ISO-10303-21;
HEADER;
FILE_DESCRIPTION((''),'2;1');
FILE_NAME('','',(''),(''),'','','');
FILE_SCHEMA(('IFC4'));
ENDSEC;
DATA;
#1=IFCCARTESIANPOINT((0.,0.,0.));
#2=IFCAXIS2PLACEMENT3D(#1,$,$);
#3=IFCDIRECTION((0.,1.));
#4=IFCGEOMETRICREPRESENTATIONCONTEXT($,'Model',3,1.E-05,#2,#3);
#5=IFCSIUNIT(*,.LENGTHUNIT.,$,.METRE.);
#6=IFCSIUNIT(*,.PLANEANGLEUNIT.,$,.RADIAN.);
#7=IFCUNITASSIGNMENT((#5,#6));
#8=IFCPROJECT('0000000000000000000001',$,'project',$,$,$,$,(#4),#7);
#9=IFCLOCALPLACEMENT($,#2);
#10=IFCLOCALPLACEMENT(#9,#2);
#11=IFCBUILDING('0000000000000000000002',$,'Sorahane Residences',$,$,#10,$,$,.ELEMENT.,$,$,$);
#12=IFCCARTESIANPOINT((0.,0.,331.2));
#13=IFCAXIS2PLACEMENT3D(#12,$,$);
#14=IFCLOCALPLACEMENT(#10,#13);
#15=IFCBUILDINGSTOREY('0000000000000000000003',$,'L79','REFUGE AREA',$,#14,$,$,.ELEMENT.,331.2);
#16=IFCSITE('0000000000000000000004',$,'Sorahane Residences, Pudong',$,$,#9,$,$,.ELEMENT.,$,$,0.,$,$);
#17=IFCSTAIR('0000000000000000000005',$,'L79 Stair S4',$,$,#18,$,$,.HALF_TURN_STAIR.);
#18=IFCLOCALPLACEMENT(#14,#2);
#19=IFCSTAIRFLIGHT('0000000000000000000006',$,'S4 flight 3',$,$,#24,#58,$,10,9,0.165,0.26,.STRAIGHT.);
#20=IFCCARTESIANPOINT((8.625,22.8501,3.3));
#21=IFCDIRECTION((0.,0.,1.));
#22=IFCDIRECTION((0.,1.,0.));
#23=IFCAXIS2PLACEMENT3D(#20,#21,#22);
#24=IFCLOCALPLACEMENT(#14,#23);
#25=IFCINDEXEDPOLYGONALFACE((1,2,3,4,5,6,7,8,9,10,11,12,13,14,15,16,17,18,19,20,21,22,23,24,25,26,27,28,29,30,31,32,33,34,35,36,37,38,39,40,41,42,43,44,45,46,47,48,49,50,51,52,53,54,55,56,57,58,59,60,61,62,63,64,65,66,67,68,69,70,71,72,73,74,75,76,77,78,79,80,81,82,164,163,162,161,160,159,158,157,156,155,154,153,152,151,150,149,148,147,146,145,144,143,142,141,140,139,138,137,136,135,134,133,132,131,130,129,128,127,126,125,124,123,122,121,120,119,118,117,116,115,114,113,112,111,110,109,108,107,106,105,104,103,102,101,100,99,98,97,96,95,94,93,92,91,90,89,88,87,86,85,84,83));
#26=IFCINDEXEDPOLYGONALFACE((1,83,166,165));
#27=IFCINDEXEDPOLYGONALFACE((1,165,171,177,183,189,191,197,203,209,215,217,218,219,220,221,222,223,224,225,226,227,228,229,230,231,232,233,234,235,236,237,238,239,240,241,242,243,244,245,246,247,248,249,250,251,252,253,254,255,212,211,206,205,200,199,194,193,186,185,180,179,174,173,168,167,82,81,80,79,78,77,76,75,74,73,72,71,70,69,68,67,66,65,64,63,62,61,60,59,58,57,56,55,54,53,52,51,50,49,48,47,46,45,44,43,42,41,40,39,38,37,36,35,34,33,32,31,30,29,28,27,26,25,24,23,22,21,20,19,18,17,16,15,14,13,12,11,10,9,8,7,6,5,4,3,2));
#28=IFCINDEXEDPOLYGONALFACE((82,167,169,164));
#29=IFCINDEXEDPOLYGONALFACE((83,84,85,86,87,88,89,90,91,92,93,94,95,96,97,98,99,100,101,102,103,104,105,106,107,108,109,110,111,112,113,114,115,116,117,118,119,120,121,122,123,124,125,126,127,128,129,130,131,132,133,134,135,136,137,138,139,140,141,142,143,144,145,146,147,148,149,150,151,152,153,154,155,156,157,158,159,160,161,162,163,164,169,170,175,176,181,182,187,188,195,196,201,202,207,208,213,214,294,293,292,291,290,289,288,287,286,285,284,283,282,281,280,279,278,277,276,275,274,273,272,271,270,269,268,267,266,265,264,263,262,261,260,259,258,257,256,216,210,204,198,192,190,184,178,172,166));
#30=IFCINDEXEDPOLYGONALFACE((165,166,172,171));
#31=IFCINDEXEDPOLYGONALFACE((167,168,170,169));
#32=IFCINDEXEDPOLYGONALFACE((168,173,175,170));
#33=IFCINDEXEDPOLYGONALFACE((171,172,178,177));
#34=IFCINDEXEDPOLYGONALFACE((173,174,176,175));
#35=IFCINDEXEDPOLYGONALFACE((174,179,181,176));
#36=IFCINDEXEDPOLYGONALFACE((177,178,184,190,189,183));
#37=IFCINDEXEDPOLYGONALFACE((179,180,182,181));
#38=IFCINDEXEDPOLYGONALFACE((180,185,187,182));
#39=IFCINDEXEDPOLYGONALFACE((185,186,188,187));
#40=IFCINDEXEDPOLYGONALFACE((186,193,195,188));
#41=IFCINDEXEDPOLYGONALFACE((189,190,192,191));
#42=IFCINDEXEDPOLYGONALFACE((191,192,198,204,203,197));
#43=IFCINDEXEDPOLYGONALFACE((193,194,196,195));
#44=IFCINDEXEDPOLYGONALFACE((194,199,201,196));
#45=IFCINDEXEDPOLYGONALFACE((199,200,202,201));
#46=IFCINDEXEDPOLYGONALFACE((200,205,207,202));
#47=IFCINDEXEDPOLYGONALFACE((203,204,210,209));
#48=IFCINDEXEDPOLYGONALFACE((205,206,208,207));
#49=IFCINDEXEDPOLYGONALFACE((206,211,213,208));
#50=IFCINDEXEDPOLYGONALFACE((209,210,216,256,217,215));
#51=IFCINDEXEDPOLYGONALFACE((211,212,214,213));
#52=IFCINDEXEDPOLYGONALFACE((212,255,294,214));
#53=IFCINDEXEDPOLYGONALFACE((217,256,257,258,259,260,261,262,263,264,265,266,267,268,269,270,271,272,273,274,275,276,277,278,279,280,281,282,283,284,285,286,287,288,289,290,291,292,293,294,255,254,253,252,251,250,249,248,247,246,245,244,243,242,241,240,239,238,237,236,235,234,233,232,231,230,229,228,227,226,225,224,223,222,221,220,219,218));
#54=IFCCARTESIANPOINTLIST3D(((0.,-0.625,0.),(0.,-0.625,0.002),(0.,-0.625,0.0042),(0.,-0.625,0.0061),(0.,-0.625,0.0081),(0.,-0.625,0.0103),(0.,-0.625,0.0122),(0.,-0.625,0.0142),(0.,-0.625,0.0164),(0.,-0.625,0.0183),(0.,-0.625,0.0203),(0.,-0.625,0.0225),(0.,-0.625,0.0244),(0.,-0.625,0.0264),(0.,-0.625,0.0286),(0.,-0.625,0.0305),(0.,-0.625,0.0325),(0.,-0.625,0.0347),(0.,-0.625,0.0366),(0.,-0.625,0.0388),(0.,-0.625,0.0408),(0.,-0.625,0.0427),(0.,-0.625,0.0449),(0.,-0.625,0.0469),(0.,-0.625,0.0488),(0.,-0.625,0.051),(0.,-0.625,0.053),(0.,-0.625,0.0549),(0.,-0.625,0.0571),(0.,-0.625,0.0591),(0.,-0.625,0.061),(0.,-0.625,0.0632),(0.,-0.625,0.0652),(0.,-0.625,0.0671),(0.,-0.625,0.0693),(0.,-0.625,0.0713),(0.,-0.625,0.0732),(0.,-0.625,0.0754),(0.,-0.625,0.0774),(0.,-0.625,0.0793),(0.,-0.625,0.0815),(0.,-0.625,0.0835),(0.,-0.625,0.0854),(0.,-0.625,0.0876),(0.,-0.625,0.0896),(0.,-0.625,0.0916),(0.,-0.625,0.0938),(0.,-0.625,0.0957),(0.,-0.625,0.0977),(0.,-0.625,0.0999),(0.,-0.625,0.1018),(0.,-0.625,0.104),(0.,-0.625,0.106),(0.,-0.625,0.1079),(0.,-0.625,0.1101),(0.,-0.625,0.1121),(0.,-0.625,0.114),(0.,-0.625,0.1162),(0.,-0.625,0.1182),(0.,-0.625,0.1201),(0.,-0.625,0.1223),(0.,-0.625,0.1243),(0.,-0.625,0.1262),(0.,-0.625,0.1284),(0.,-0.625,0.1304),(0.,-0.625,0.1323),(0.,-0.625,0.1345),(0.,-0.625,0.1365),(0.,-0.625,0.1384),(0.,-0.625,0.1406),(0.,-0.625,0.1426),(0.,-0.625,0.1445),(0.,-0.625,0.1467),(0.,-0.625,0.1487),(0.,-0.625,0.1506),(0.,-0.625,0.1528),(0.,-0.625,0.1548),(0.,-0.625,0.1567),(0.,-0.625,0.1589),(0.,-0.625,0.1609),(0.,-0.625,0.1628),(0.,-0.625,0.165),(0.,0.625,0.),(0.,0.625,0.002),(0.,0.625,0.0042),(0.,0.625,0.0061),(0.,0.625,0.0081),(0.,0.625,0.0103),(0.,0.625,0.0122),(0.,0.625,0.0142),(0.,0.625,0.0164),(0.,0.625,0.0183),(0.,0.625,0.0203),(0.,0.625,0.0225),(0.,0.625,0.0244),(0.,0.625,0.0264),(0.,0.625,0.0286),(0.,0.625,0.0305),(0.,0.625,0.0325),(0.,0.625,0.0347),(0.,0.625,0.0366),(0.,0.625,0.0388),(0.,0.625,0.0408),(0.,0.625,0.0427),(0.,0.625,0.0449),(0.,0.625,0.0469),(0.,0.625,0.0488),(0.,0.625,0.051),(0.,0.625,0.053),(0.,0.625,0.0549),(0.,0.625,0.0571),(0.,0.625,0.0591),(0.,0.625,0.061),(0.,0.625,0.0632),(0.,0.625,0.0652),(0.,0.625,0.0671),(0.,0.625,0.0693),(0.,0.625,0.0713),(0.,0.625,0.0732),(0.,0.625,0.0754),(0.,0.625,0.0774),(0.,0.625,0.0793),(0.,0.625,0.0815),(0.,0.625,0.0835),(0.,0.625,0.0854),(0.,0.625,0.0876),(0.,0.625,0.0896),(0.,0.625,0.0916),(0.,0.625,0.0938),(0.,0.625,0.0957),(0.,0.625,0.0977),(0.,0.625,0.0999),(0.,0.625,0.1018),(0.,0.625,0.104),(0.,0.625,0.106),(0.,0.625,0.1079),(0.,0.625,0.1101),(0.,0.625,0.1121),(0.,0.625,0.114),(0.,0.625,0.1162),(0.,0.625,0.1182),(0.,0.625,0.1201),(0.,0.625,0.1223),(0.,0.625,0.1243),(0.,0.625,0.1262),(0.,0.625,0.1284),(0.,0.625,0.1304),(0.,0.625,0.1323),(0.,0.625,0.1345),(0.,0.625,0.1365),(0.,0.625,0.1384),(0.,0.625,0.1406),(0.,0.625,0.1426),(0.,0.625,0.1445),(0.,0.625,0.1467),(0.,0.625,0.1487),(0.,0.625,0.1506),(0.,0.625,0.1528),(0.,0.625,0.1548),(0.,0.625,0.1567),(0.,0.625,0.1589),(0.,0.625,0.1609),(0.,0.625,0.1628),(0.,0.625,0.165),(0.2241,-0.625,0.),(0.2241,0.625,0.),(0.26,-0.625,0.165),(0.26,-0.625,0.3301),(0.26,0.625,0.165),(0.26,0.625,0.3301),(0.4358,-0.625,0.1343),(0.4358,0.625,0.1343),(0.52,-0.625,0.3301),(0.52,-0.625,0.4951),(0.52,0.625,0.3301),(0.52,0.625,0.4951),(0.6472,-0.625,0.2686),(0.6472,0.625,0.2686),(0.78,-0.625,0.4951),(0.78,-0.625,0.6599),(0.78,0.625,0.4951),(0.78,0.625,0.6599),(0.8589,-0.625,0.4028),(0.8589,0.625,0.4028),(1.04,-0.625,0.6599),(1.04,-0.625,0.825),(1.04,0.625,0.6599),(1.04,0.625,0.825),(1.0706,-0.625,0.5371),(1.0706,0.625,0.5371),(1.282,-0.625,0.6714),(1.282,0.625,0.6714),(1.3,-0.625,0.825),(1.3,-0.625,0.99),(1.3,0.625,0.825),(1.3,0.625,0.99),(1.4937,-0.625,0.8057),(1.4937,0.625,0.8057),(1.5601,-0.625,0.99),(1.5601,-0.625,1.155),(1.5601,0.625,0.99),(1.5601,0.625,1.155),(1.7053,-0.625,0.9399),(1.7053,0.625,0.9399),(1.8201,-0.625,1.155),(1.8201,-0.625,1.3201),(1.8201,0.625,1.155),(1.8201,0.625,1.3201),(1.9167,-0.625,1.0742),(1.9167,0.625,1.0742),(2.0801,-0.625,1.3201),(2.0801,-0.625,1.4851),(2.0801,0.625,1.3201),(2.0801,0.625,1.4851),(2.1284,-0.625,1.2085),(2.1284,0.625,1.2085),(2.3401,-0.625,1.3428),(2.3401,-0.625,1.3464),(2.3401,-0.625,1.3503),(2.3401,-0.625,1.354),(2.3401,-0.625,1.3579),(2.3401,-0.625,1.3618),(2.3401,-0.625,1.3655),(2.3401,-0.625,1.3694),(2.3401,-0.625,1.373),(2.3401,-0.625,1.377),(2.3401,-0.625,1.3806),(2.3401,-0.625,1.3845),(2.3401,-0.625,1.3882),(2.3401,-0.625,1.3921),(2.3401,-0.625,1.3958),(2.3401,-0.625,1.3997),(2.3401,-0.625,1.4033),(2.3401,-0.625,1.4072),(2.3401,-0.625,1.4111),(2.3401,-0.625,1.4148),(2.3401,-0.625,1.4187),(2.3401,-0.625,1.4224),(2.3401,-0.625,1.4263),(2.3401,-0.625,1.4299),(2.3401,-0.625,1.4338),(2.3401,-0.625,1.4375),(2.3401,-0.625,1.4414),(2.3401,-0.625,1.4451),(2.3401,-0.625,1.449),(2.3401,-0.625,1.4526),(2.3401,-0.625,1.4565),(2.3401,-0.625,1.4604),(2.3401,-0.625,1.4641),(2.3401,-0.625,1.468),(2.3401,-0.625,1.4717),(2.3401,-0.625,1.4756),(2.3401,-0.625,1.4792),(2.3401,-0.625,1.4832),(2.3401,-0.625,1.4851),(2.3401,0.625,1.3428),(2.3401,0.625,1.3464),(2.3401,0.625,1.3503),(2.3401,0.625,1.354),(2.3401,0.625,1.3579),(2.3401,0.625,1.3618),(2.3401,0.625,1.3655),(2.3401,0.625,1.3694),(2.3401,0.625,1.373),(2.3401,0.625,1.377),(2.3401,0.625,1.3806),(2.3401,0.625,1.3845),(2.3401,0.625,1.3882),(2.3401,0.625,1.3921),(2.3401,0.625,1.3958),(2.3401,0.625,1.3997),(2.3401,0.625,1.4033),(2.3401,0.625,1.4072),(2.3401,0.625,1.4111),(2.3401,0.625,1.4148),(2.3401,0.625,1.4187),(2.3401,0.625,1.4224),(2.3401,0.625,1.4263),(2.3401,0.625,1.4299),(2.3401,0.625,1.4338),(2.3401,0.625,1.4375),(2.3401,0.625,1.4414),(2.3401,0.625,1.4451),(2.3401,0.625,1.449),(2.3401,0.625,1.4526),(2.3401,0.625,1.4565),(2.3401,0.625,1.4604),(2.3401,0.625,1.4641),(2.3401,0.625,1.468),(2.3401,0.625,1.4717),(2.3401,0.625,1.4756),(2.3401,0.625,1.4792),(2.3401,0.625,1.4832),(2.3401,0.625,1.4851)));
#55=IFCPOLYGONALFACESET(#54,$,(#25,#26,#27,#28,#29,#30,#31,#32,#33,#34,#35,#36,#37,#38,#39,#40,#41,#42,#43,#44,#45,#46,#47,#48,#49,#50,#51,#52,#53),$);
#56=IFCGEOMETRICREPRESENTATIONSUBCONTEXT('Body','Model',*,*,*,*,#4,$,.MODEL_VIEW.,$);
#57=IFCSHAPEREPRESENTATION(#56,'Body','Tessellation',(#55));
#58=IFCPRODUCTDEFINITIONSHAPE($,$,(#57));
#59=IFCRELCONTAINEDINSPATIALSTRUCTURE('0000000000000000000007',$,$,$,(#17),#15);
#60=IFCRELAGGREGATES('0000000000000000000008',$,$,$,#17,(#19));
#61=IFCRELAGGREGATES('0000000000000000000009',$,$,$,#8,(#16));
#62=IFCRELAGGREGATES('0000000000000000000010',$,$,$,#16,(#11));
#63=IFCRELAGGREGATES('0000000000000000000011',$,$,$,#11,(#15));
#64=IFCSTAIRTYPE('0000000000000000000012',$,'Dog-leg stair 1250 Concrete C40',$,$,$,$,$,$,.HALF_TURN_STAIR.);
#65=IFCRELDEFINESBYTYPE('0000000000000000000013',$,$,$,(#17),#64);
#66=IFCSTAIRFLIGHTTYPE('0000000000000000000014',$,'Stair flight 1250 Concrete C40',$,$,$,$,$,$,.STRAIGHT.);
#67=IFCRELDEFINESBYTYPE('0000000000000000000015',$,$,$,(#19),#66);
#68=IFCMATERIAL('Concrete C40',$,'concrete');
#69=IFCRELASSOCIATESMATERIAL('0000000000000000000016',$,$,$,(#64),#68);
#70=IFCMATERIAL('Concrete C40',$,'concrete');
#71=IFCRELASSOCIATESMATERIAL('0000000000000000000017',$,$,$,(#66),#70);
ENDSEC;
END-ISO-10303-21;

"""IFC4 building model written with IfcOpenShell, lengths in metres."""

from ifc_helpers import new_model, si_unit, direction, frame, origin, place, context, subcontext, project, spatial, polyline, outline, extrude, material, type_object, element, aggregate, save


model = new_model("IFC4")

# Units and contexts
model_context = context("Model", 3, precision=1e-05, world=origin(), true_north=direction((0.0, 1.0)))
body_context = subcontext(model_context, "Body", "Model", "MODEL_VIEW")
ifc_project = project(units=[si_unit("LENGTHUNIT", "METRE"), si_unit("PLANEANGLEUNIT", "RADIAN")], contexts=[model_context])

# Site, building, storey
site_placement = place(None, origin())
site = spatial("IfcSite", under=ifc_project, at=site_placement, Name="Sorahane Residences, Pudong", CompositionType="ELEMENT", RefElevation=0.0)
building_placement = place(site_placement, origin())
building = spatial("IfcBuilding", under=site, at=building_placement, Name="Sorahane Residences", CompositionType="ELEMENT")
storey_placement = place(building_placement, frame((0.0, 0.0, 331.2)))
storey = spatial("IfcBuildingStorey", under=building, at=storey_placement, Name="L79", Description="REFUGE AREA", CompositionType="ELEMENT", Elevation=331.2)

# Stair, stair flight
ifc_material_1 = material(Name="Concrete C40", Category="concrete")
stair_type = type_object("IfcStairType", Name="Dog-leg stair 1250 Concrete C40", PredefinedType="HALF_TURN_STAIR", material=ifc_material_1)
stair_placement = place(storey_placement, origin())
stair = element("IfcStair", 1, at=stair_placement, inside=storey, type_object=stair_type, Name="L79 Stair S4", PredefinedType="HALF_TURN_STAIR")
ifc_material_2 = material(Name="Concrete C40", Category="concrete")
stair_flight_type = type_object("IfcStairFlightType", Name="Stair flight 1250 Concrete C40", PredefinedType="STRAIGHT", material=ifc_material_2)
stair_flight_1_placement = place(storey_placement, frame((8.625, 22.8501, 3.3), z_axis=(0.0, 0.0, 1.0), x_axis=(0.0, 1.0, 0.0)))
stair_flight_1 = element("IfcStairFlight", 2, at=stair_flight_1_placement, type_object=stair_flight_type, Name="S4 flight 3", NumberOfRisers=10, NumberOfTreads=9, PredefinedType="STRAIGHT", RiserHeight=0.165, TreadLength=0.26, context=body_context, shape_type="SweptSolid", body=[
    extrude(outline(polyline([(0.0, 0.0), (0.0, 0.002), (0.0, 0.0042), (0.0, 0.0061), (0.0, 0.0081), (0.0, 0.0103), (0.0, 0.0122), (0.0, 0.0142), (0.0, 0.0164), (0.0, 0.0183), (0.0, 0.0203), (0.0, 0.0225), (0.0, 0.0244), (0.0, 0.0264), (0.0, 0.0286), (0.0, 0.0305), (0.0, 0.0325), (0.0, 0.0347), (0.0, 0.0366), (0.0, 0.0388), (0.0, 0.0408), (0.0, 0.0427), (0.0, 0.0449), (0.0, 0.0469), (0.0, 0.0488), (0.0, 0.051), (0.0, 0.053), (0.0, 0.0549), (0.0, 0.0571), (0.0, 0.0591), (0.0, 0.061), (0.0, 0.0632), (0.0, 0.0652), (0.0, 0.0671), (0.0, 0.0693), (0.0, 0.0713), (0.0, 0.0732), (0.0, 0.0754), (0.0, 0.0774), (0.0, 0.0793), (0.0, 0.0815), (0.0, 0.0835), (0.0, 0.0854), (0.0, 0.0876), (0.0, 0.0896), (0.0, 0.0916), (0.0, 0.0938), (0.0, 0.0957), (0.0, 0.0977), (0.0, 0.0999), (0.0, 0.1018), (0.0, 0.104), (0.0, 0.106), (0.0, 0.1079), (0.0, 0.1101), (0.0, 0.1121), (0.0, 0.114), (0.0, 0.1162), (0.0, 0.1182), (0.0, 0.1201), (0.0, 0.1223), (0.0, 0.1243), (0.0, 0.1262), (0.0, 0.1284), (0.0, 0.1304), (0.0, 0.1323), (0.0, 0.1345), (0.0, 0.1365), (0.0, 0.1384), (0.0, 0.1406), (0.0, 0.1426), (0.0, 0.1445), (0.0, 0.1467), (0.0, 0.1487), (0.0, 0.1506), (0.0, 0.1528), (0.0, 0.1548), (0.0, 0.1567), (0.0, 0.1589), (0.0, 0.1609), (0.0, 0.1628), (0.0, 0.165), (0.26, 0.165), (0.26, 0.3301), (0.52, 0.3301), (0.52, 0.4951), (0.78, 0.4951), (0.78, 0.6599), (1.04, 0.6599), (1.04, 0.825), (1.3, 0.825), (1.3, 0.99), (1.5601, 0.99), (1.5601, 1.155), (1.8201, 1.155), (1.8201, 1.3201), (2.0801, 1.3201), (2.0801, 1.4851), (2.3401, 1.4851), (2.3401, 1.6499), (2.3401, 1.6462), (2.3401, 1.6423), (2.3401, 1.6387), (2.3401, 1.6348), (2.3401, 1.6311), (2.3401, 1.6272), (2.3401, 1.6235), (2.3401, 1.6196), (2.3401, 1.616), (2.3401, 1.6121), (2.3401, 1.6082), (2.3401, 1.6045), (2.3401, 1.6006), (2.3401, 1.5969), (2.3401, 1.593), (2.3401, 1.5894), (2.3401, 1.5854), (2.3401, 1.5818), (2.3401, 1.5779), (2.3401, 1.5742), (2.3401, 1.5703), (2.3401, 1.5667), (2.3401, 1.5627), (2.3401, 1.5588), (2.3401, 1.5552), (2.3401, 1.5513), (2.3401, 1.5476), (2.3401, 1.5437), (2.3401, 1.54), (2.3401, 1.5361), (2.3401, 1.5325), (2.3401, 1.5286), (2.3401, 1.5249), (2.3401, 1.521), (2.3401, 1.5173), (2.3401, 1.5134), (2.3401, 1.5098), (2.3401, 1.5059), (2.3401, 1.502), (2.3401, 1.4983), (2.3401, 1.4944), (2.3401, 1.4907), (2.3401, 1.4868), (2.3401, 1.4832), (2.3401, 1.4792), (2.3401, 1.4756), (2.3401, 1.4717), (2.3401, 1.468), (2.3401, 1.4641), (2.3401, 1.4604), (2.3401, 1.4565), (2.3401, 1.4526), (2.3401, 1.449), (2.3401, 1.4451), (2.3401, 1.4414), (2.3401, 1.4375), (2.3401, 1.4338), (2.3401, 1.4299), (2.3401, 1.4263), (2.3401, 1.4224), (2.3401, 1.4187), (2.3401, 1.4148), (2.3401, 1.4111), (2.3401, 1.4072), (2.3401, 1.4033), (2.3401, 1.3997), (2.3401, 1.3958), (2.3401, 1.3921), (2.3401, 1.3882), (2.3401, 1.3845), (2.3401, 1.3806), (2.3401, 1.377), (2.3401, 1.373), (2.3401, 1.3694), (2.3401, 1.3655), (2.3401, 1.3618), (2.3401, 1.3579), (2.3401, 1.354), (2.3401, 1.3503), (2.3401, 1.3464), (2.3401, 1.3428), (2.1284, 1.2085), (1.9167, 1.0742), (1.7053, 0.9399), (1.4937, 0.8057), (1.282, 0.6714), (1.0706, 0.5371), (0.8589, 0.4028), (0.6472, 0.2686), (0.4358, 0.1343), (0.2241, 0.0), (0.0, 0.0)])), frame((0.0, 0.625, 0.0), z_axis=(0.0, -1.0, 0.0), x_axis=(1.0, 0.0, 0.0)), (0.0, 0.0, 1.0), 1.25),
])
aggregate(stair, [stair_flight_1])

save(model, "model.ifc")
